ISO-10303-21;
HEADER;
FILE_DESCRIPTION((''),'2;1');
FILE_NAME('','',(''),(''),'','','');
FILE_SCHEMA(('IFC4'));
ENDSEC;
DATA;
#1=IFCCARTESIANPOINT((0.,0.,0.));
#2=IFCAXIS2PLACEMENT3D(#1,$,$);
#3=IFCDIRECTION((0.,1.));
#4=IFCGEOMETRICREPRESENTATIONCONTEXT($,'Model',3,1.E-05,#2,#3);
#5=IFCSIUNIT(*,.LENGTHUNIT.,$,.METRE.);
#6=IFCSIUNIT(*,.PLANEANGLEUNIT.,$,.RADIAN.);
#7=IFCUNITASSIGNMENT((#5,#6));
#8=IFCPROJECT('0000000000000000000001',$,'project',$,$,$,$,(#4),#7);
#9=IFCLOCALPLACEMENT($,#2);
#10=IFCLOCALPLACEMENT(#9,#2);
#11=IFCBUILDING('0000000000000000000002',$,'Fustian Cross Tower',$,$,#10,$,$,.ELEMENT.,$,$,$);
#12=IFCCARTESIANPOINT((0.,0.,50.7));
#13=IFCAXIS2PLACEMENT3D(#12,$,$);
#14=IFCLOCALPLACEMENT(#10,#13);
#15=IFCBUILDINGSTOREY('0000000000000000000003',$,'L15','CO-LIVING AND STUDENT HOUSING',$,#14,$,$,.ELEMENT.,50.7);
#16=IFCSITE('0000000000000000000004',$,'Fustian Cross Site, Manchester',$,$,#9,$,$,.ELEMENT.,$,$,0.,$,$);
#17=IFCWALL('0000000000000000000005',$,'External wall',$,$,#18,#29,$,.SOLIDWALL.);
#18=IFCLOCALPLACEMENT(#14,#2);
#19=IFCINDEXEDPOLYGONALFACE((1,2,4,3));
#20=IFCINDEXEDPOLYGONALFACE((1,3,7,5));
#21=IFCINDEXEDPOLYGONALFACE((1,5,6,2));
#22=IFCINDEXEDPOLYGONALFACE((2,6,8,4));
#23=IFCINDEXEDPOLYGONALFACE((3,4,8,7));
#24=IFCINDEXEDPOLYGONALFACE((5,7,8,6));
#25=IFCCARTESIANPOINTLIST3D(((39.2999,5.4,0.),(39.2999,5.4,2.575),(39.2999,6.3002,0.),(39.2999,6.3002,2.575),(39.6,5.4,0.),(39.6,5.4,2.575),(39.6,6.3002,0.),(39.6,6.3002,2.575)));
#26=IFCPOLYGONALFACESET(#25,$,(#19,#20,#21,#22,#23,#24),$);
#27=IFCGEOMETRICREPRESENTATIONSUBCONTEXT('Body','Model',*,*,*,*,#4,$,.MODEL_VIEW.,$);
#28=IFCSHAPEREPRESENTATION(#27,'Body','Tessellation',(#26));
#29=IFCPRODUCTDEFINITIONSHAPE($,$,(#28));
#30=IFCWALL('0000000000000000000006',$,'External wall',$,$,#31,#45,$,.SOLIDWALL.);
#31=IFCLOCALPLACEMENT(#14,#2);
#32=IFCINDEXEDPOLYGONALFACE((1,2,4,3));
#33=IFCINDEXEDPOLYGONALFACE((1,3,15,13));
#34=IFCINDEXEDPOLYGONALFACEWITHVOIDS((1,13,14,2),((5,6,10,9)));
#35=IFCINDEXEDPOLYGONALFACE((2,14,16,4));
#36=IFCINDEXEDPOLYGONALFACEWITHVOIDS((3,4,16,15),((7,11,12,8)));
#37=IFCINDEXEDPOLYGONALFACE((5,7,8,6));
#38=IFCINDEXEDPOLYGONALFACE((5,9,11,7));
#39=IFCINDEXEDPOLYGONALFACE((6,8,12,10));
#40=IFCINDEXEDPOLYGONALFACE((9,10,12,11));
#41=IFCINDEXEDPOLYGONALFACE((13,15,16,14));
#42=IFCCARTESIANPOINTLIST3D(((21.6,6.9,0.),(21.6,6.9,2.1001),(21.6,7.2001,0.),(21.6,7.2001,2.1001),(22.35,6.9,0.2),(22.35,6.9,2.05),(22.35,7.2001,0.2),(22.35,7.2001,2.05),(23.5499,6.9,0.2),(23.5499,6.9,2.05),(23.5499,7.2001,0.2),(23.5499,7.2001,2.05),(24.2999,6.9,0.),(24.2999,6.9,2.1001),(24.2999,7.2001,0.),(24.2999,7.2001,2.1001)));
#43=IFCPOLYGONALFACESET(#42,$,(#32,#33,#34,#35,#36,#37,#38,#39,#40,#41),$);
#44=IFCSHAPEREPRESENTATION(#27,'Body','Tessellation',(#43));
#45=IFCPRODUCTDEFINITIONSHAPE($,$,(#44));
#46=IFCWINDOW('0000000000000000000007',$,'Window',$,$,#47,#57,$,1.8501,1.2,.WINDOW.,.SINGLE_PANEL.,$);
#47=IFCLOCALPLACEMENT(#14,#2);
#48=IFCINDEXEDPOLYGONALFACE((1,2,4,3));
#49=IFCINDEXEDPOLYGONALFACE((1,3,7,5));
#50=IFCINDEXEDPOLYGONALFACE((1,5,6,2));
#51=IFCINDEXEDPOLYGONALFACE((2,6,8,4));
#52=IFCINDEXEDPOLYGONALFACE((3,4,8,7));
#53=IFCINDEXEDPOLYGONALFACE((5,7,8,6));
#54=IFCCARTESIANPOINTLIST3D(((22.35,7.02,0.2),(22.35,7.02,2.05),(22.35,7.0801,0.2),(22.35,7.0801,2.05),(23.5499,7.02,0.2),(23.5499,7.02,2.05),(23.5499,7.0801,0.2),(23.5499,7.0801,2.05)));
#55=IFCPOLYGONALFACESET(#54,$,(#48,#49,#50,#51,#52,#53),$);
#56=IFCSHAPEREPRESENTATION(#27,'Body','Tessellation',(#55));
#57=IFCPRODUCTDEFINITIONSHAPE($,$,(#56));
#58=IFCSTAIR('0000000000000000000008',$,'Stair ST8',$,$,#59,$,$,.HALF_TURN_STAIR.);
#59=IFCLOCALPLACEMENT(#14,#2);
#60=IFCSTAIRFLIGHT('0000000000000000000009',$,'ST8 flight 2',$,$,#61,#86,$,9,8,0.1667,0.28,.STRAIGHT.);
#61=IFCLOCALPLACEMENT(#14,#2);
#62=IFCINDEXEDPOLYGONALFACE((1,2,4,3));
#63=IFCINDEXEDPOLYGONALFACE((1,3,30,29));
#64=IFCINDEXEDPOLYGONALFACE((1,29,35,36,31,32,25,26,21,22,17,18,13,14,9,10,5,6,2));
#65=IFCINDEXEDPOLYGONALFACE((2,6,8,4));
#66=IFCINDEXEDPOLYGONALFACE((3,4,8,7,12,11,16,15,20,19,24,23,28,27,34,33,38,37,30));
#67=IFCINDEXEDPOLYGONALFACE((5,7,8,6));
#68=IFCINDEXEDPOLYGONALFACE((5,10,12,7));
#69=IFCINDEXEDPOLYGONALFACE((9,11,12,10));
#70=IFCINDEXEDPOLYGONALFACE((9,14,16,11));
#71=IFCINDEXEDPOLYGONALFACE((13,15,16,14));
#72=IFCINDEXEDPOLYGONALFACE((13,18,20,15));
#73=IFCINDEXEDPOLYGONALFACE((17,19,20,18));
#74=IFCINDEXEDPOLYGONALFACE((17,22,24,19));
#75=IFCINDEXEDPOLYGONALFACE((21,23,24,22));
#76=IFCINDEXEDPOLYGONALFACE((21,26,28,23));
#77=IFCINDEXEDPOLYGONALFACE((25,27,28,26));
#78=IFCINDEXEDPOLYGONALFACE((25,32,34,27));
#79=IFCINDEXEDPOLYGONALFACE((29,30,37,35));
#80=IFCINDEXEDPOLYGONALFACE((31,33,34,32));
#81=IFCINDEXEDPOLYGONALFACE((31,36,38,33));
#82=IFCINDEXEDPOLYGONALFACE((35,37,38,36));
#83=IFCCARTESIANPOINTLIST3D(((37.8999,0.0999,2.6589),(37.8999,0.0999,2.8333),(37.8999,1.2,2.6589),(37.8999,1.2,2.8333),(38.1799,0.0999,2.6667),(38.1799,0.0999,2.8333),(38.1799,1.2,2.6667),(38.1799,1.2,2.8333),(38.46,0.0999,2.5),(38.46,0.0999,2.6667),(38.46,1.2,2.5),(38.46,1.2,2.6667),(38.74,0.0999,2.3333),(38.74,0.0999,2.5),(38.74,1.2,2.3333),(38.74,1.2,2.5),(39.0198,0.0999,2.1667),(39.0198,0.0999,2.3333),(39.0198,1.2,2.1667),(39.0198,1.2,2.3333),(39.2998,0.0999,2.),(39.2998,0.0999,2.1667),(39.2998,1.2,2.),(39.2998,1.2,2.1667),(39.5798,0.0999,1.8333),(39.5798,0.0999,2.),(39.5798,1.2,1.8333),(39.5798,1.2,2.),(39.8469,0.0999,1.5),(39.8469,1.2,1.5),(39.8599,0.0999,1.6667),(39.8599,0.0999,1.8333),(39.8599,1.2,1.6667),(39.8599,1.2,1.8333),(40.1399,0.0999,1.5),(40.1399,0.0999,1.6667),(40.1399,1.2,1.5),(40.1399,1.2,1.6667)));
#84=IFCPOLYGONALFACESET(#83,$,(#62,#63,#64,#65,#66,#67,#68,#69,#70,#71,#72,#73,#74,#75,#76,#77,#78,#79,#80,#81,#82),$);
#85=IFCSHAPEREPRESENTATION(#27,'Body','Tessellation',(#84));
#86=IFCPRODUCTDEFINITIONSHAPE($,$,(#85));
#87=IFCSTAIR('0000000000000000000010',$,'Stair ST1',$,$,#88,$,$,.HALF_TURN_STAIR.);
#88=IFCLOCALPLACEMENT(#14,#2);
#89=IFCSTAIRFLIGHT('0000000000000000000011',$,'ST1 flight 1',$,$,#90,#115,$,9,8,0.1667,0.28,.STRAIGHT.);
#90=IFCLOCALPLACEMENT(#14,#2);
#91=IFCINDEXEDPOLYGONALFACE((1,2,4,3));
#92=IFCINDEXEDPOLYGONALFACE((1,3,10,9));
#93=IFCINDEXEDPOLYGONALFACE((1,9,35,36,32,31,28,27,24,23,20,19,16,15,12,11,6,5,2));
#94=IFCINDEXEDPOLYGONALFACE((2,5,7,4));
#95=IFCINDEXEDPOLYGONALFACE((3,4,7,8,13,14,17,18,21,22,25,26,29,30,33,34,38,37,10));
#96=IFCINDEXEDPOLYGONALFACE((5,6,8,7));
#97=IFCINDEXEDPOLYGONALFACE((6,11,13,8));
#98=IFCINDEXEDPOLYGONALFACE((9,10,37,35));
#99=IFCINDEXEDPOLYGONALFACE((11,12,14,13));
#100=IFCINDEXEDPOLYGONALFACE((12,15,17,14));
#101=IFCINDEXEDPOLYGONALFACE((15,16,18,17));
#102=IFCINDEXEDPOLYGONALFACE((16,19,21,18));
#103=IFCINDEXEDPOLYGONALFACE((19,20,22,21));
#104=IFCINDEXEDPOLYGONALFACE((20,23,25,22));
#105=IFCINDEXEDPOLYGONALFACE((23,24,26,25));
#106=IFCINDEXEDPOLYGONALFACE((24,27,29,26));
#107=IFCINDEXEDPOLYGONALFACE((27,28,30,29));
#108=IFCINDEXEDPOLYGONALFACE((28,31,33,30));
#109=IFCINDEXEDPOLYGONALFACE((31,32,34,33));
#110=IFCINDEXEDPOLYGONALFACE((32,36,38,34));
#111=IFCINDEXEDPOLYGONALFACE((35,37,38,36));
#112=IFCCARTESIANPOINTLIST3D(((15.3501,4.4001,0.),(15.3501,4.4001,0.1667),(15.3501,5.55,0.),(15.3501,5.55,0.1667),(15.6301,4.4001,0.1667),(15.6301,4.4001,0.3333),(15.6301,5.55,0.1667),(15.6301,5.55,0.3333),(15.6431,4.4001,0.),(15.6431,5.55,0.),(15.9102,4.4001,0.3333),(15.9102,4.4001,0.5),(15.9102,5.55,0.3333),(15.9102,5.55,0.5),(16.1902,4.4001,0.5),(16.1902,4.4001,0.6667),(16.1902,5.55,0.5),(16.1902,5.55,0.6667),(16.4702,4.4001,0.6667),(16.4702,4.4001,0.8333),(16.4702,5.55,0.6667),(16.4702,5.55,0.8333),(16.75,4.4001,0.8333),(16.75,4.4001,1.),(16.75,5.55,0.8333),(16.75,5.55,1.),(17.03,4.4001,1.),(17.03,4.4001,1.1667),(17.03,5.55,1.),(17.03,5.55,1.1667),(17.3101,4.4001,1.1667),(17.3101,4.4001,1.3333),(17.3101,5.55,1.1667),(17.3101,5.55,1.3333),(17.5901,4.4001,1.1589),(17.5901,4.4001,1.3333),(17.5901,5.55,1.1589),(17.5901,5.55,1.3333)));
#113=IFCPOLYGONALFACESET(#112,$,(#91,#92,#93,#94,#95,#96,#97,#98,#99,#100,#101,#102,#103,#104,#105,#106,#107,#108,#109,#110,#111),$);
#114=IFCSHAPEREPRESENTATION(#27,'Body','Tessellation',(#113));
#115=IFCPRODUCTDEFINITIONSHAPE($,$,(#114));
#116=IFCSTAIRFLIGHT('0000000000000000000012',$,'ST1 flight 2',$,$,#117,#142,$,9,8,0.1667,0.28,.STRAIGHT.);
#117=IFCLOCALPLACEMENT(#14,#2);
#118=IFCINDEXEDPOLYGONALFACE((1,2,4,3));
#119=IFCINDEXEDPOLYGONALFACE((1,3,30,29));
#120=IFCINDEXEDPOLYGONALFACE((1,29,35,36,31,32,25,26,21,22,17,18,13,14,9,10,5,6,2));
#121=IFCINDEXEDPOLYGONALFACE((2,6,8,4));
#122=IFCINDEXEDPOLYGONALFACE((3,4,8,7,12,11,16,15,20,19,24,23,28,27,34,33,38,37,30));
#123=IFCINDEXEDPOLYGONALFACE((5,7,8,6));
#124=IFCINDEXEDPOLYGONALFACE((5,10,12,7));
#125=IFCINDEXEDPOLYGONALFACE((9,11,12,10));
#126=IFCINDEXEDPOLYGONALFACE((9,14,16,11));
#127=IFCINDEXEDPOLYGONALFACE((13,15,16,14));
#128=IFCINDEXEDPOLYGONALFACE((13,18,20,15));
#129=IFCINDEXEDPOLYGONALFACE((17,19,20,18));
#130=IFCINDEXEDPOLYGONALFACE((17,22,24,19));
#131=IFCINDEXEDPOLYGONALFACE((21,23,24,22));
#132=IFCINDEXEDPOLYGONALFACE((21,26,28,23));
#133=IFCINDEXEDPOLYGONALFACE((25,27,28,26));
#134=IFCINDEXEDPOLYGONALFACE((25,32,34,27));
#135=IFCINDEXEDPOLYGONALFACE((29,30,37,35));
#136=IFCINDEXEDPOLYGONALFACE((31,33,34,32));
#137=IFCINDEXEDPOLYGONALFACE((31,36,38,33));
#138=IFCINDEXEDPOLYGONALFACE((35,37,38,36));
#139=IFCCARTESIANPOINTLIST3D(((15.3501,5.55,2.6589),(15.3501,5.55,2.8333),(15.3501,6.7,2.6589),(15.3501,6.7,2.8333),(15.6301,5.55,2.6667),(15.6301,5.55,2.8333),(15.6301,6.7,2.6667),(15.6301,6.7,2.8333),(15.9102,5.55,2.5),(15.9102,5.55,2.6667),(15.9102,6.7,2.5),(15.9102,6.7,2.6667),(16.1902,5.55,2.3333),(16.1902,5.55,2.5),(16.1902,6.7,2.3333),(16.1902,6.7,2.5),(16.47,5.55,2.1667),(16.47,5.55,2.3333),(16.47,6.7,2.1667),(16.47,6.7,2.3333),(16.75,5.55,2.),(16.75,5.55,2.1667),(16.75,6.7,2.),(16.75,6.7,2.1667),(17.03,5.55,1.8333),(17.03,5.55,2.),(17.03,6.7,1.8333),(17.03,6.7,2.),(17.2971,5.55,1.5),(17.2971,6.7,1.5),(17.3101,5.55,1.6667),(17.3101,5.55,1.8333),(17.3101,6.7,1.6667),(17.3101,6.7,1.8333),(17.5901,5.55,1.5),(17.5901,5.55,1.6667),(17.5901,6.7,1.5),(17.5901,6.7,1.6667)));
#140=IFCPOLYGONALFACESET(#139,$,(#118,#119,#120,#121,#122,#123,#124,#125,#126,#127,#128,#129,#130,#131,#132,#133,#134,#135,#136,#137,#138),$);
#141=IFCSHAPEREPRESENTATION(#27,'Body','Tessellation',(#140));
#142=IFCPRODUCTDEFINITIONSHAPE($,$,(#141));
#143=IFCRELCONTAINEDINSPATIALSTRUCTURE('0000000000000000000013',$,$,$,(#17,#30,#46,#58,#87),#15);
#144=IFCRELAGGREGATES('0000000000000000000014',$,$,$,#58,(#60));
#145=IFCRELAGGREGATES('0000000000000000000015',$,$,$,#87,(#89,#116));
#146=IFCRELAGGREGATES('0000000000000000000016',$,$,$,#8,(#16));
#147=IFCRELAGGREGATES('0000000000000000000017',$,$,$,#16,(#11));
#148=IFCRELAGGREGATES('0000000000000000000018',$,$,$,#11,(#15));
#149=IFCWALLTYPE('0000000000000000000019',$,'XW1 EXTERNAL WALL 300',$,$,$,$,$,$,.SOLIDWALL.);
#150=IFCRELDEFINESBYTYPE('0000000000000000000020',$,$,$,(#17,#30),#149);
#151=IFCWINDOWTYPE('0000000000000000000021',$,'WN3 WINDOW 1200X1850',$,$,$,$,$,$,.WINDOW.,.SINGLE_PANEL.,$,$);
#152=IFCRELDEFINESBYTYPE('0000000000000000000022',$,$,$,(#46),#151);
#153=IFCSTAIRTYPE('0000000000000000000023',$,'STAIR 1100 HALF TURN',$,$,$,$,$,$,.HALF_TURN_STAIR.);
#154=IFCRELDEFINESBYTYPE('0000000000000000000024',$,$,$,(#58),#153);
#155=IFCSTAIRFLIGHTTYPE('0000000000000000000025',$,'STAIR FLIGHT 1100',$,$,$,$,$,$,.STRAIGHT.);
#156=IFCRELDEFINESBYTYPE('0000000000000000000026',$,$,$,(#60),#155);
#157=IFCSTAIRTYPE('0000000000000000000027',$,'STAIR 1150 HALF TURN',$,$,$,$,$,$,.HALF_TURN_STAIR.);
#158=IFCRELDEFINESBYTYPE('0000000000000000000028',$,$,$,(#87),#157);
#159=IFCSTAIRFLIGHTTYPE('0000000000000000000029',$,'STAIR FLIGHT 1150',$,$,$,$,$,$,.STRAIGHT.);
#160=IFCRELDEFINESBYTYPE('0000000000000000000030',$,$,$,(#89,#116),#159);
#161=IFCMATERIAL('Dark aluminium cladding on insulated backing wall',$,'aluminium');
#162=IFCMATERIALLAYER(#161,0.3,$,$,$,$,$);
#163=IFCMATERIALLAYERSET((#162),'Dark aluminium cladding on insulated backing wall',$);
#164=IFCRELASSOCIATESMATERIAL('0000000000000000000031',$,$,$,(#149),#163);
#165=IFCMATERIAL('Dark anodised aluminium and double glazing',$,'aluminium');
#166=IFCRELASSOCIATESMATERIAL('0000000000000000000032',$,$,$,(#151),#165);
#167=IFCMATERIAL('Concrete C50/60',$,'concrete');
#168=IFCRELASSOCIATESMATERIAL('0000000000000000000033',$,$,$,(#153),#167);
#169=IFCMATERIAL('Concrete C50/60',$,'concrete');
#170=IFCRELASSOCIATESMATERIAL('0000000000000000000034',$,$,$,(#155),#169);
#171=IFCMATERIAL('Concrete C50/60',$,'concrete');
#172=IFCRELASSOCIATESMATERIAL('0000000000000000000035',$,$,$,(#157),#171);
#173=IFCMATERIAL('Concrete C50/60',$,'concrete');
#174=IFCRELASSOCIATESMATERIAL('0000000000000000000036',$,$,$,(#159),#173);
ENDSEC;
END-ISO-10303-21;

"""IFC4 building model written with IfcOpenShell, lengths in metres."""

from ifc_helpers import new_model, si_unit, direction, frame, frame_2d, origin, place, context, subcontext, project, spatial, polyline, rectangle, outline, extrude, material, layer, layer_set, type_object, element, fill, aggregate, save


model = new_model("IFC4")

# Units and contexts
model_context = context("Model", 3, precision=1e-05, world=origin(), true_north=direction((0.0, 1.0)))
body_context = subcontext(model_context, "Body", "Model", "MODEL_VIEW")
ifc_project = project(units=[si_unit("LENGTHUNIT", "METRE"), si_unit("PLANEANGLEUNIT", "RADIAN")], contexts=[model_context])

# Site, building, storey
site_placement = place(None, origin())
site = spatial("IfcSite", under=ifc_project, at=site_placement, Name="Fustian Cross Site, Manchester", CompositionType="ELEMENT", RefElevation=0.0)
building_placement = place(site_placement, origin())
building = spatial("IfcBuilding", under=site, at=building_placement, Name="Fustian Cross Tower", CompositionType="ELEMENT")
storey_placement = place(building_placement, frame((0.0, 0.0, 50.7)))
storey = spatial("IfcBuildingStorey", under=building, at=storey_placement, Name="L15", Description="CO-LIVING AND STUDENT HOUSING", CompositionType="ELEMENT", Elevation=50.7)

# Shared definitions
ifc_material_1 = material(Name="Dark aluminium cladding on insulated backing wall", Category="aluminium")
ifc_layer_1 = layer(ifc_material_1, 0.3)
ifc_layer_set_1 = layer_set([ifc_layer_1], Name="Dark aluminium cladding on insulated backing wall")
wall_type_1 = type_object("IfcWallType", Name="XW1 EXTERNAL WALL 300", PredefinedType="SOLIDWALL", material=ifc_layer_set_1)

# Shared definitions
ifc_material_2 = material(Name="Dark anodised aluminium and double glazing", Category="aluminium")
window_type = type_object("IfcWindowType", Name="WN3 WINDOW 1200X1850", PartitioningType="SINGLE_PANEL", PredefinedType="WINDOW", material=ifc_material_2)

# Wall
wall_1_placement = place(storey_placement, frame((39.45, 5.3999, 0.0), z_axis=(0.0, 0.0, 1.0), x_axis=(0.0, 1.0, 0.0)))
element("IfcWall", 1, at=wall_1_placement, inside=storey, type_object=wall_type_1, Name="External wall", PredefinedType="SOLIDWALL", context=body_context, shape_type="SweptSolid", body=[
    extrude(rectangle(XDim=0.9001, YDim=0.3, at=frame_2d((0.4502, 0.0))), origin(), (0.0, 0.0, 1.0), 2.575),
])

# Wall, opening, window
wall_2_placement = place(storey_placement, frame((24.3, 7.05, 0.0), z_axis=(0.0, 0.0, 1.0), x_axis=(-1.0, 0.0, 0.0)))
wall_2 = element("IfcWall", 2, at=wall_2_placement, inside=storey, type_object=wall_type_1, Name="External wall", PredefinedType="SOLIDWALL", context=body_context, shape_type="SweptSolid", body=[
    extrude(rectangle(XDim=2.7, YDim=0.3, at=frame_2d((1.3501, 0.0))), origin(), (0.0, 0.0, 1.0), 2.1001),
])
opening_1_placement = place(wall_2_placement, frame((0.75, 0.0, 0.2)))
opening_1 = element("IfcOpeningElement", 3, at=opening_1_placement, cuts=wall_2, PredefinedType="OPENING", context=body_context, shape_type="SweptSolid", body=[
    extrude(rectangle(XDim=1.2, YDim=1.8501, at=frame_2d((0.6001, 0.925))), frame((0.0, 0.1599, 0.0), z_axis=(0.0, -1.0, 0.0), x_axis=(1.0, 0.0, 0.0)), (0.0, 0.0, 1.0), 0.3201),
])
window_1_placement = place(opening_1_placement, origin())
window_1 = element("IfcWindow", 4, at=window_1_placement, inside=storey, type_object=window_type, Name="Window", OverallHeight=1.8501, OverallWidth=1.2, PartitioningType="SINGLE_PANEL", PredefinedType="WINDOW", context=body_context, shape_type="SweptSolid", body=[
    extrude(rectangle(XDim=1.2, YDim=1.8501, at=frame_2d((0.6001, 0.925))), frame((0.0, 0.03, 0.0), z_axis=(0.0, -1.0, 0.0), x_axis=(1.0, 0.0, 0.0)), (0.0, 0.0, 1.0), 0.0601),
])
fill(opening_1, window_1)

# Stair, stair flight
ifc_material_3 = material(Name="Concrete C50/60", Category="concrete")
stair_type_1 = type_object("IfcStairType", Name="STAIR 1100 HALF TURN", PredefinedType="HALF_TURN_STAIR", material=ifc_material_3)
stair_1_placement = place(storey_placement, origin())
stair_1 = element("IfcStair", 5, at=stair_1_placement, inside=storey, type_object=stair_type_1, Name="Stair ST8", PredefinedType="HALF_TURN_STAIR")
ifc_material_4 = material(Name="Concrete C50/60", Category="concrete")
stair_flight_type_1 = type_object("IfcStairFlightType", Name="STAIR FLIGHT 1100", PredefinedType="STRAIGHT", material=ifc_material_4)
stair_flight_1_placement = place(storey_placement, frame((40.1399, 0.6499, 1.5), z_axis=(0.0, 0.0, 1.0), x_axis=(-1.0, 0.0, 0.0)))
stair_flight_1 = element("IfcStairFlight", 6, at=stair_flight_1_placement, type_object=stair_flight_type_1, Name="ST8 flight 2", NumberOfRisers=9, NumberOfTreads=8, PredefinedType="STRAIGHT", RiserHeight=0.1667, TreadLength=0.28, context=body_context, shape_type="SweptSolid", body=[
    extrude(outline(polyline([(0.0, 0.0), (0.0, 0.1667), (0.28, 0.1667), (0.28, 0.3333), (0.5601, 0.3333), (0.5601, 0.5), (0.8401, 0.5), (0.8401, 0.6667), (1.1201, 0.6667), (1.1201, 0.8333), (1.3999, 0.8333), (1.3999, 1.0), (1.6799, 1.0), (1.6799, 1.1667), (1.96, 1.1667), (1.96, 1.3333), (2.24, 1.3333), (2.24, 1.5), (2.24, 1.1589), (0.293, 0.0), (0.0, 0.0)])), frame((0.0, 0.55, 0.0), z_axis=(0.0, -1.0, 0.0), x_axis=(1.0, 0.0, 0.0)), (0.0, 0.0, 1.0), 1.1001),
])
aggregate(stair_1, [stair_flight_1])

# Stair, stair flights
ifc_material_5 = material(Name="Concrete C50/60", Category="concrete")
stair_type_2 = type_object("IfcStairType", Name="STAIR 1150 HALF TURN", PredefinedType="HALF_TURN_STAIR", material=ifc_material_5)
stair_2_placement = place(storey_placement, origin())
stair_2 = element("IfcStair", 7, at=stair_2_placement, inside=storey, type_object=stair_type_2, Name="Stair ST1", PredefinedType="HALF_TURN_STAIR")
ifc_material_6 = material(Name="Concrete C50/60", Category="concrete")
stair_flight_type_2 = type_object("IfcStairFlightType", Name="STAIR FLIGHT 1150", PredefinedType="STRAIGHT", material=ifc_material_6)
stair_flight_2_placement = place(storey_placement, frame((15.3501, 4.9751, 0.0), z_axis=(0.0, 0.0, 1.0), x_axis=(1.0, 0.0, 0.0)))
stair_flight_2 = element("IfcStairFlight", 8, at=stair_flight_2_placement, type_object=stair_flight_type_2, Name="ST1 flight 1", NumberOfRisers=9, NumberOfTreads=8, PredefinedType="STRAIGHT", RiserHeight=0.1667, TreadLength=0.28, context=body_context, shape_type="SweptSolid", body=[
    extrude(outline(polyline([(0.0, 0.0), (0.0, 0.1667), (0.28, 0.1667), (0.28, 0.3333), (0.5601, 0.3333), (0.5601, 0.5), (0.8401, 0.5), (0.8401, 0.6667), (1.1201, 0.6667), (1.1201, 0.8333), (1.3999, 0.8333), (1.3999, 1.0), (1.6799, 1.0), (1.6799, 1.1667), (1.96, 1.1667), (1.96, 1.3333), (2.24, 1.3333), (2.24, 1.5), (2.24, 1.1589), (0.293, 0.0), (0.0, 0.0)])), frame((0.0, 0.575, 0.0), z_axis=(0.0, -1.0, 0.0), x_axis=(1.0, 0.0, 0.0)), (0.0, 0.0, 1.0), 1.1499),
])
stair_flight_3_placement = place(storey_placement, frame((17.5901, 6.125, 1.5), z_axis=(0.0, 0.0, 1.0), x_axis=(-1.0, 0.0, 0.0)))
stair_flight_3 = element("IfcStairFlight", 9, at=stair_flight_3_placement, type_object=stair_flight_type_2, Name="ST1 flight 2", NumberOfRisers=9, NumberOfTreads=8, PredefinedType="STRAIGHT", RiserHeight=0.1667, TreadLength=0.28, context=body_context, shape_type="SweptSolid", body=[
    extrude(outline(polyline([(0.0, 0.0), (0.0, 0.1667), (0.28, 0.1667), (0.28, 0.3333), (0.5601, 0.3333), (0.5601, 0.5), (0.8401, 0.5), (0.8401, 0.6667), (1.1201, 0.6667), (1.1201, 0.8333), (1.3999, 0.8333), (1.3999, 1.0), (1.6799, 1.0), (1.6799, 1.1667), (1.96, 1.1667), (1.96, 1.3333), (2.24, 1.3333), (2.24, 1.5), (2.24, 1.1589), (0.293, 0.0), (0.0, 0.0)])), frame((0.0, 0.575, 0.0), z_axis=(0.0, -1.0, 0.0), x_axis=(1.0, 0.0, 0.0)), (0.0, 0.0, 1.0), 1.1499),
])
aggregate(stair_2, [stair_flight_2, stair_flight_3])

save(model, "model.ifc")
